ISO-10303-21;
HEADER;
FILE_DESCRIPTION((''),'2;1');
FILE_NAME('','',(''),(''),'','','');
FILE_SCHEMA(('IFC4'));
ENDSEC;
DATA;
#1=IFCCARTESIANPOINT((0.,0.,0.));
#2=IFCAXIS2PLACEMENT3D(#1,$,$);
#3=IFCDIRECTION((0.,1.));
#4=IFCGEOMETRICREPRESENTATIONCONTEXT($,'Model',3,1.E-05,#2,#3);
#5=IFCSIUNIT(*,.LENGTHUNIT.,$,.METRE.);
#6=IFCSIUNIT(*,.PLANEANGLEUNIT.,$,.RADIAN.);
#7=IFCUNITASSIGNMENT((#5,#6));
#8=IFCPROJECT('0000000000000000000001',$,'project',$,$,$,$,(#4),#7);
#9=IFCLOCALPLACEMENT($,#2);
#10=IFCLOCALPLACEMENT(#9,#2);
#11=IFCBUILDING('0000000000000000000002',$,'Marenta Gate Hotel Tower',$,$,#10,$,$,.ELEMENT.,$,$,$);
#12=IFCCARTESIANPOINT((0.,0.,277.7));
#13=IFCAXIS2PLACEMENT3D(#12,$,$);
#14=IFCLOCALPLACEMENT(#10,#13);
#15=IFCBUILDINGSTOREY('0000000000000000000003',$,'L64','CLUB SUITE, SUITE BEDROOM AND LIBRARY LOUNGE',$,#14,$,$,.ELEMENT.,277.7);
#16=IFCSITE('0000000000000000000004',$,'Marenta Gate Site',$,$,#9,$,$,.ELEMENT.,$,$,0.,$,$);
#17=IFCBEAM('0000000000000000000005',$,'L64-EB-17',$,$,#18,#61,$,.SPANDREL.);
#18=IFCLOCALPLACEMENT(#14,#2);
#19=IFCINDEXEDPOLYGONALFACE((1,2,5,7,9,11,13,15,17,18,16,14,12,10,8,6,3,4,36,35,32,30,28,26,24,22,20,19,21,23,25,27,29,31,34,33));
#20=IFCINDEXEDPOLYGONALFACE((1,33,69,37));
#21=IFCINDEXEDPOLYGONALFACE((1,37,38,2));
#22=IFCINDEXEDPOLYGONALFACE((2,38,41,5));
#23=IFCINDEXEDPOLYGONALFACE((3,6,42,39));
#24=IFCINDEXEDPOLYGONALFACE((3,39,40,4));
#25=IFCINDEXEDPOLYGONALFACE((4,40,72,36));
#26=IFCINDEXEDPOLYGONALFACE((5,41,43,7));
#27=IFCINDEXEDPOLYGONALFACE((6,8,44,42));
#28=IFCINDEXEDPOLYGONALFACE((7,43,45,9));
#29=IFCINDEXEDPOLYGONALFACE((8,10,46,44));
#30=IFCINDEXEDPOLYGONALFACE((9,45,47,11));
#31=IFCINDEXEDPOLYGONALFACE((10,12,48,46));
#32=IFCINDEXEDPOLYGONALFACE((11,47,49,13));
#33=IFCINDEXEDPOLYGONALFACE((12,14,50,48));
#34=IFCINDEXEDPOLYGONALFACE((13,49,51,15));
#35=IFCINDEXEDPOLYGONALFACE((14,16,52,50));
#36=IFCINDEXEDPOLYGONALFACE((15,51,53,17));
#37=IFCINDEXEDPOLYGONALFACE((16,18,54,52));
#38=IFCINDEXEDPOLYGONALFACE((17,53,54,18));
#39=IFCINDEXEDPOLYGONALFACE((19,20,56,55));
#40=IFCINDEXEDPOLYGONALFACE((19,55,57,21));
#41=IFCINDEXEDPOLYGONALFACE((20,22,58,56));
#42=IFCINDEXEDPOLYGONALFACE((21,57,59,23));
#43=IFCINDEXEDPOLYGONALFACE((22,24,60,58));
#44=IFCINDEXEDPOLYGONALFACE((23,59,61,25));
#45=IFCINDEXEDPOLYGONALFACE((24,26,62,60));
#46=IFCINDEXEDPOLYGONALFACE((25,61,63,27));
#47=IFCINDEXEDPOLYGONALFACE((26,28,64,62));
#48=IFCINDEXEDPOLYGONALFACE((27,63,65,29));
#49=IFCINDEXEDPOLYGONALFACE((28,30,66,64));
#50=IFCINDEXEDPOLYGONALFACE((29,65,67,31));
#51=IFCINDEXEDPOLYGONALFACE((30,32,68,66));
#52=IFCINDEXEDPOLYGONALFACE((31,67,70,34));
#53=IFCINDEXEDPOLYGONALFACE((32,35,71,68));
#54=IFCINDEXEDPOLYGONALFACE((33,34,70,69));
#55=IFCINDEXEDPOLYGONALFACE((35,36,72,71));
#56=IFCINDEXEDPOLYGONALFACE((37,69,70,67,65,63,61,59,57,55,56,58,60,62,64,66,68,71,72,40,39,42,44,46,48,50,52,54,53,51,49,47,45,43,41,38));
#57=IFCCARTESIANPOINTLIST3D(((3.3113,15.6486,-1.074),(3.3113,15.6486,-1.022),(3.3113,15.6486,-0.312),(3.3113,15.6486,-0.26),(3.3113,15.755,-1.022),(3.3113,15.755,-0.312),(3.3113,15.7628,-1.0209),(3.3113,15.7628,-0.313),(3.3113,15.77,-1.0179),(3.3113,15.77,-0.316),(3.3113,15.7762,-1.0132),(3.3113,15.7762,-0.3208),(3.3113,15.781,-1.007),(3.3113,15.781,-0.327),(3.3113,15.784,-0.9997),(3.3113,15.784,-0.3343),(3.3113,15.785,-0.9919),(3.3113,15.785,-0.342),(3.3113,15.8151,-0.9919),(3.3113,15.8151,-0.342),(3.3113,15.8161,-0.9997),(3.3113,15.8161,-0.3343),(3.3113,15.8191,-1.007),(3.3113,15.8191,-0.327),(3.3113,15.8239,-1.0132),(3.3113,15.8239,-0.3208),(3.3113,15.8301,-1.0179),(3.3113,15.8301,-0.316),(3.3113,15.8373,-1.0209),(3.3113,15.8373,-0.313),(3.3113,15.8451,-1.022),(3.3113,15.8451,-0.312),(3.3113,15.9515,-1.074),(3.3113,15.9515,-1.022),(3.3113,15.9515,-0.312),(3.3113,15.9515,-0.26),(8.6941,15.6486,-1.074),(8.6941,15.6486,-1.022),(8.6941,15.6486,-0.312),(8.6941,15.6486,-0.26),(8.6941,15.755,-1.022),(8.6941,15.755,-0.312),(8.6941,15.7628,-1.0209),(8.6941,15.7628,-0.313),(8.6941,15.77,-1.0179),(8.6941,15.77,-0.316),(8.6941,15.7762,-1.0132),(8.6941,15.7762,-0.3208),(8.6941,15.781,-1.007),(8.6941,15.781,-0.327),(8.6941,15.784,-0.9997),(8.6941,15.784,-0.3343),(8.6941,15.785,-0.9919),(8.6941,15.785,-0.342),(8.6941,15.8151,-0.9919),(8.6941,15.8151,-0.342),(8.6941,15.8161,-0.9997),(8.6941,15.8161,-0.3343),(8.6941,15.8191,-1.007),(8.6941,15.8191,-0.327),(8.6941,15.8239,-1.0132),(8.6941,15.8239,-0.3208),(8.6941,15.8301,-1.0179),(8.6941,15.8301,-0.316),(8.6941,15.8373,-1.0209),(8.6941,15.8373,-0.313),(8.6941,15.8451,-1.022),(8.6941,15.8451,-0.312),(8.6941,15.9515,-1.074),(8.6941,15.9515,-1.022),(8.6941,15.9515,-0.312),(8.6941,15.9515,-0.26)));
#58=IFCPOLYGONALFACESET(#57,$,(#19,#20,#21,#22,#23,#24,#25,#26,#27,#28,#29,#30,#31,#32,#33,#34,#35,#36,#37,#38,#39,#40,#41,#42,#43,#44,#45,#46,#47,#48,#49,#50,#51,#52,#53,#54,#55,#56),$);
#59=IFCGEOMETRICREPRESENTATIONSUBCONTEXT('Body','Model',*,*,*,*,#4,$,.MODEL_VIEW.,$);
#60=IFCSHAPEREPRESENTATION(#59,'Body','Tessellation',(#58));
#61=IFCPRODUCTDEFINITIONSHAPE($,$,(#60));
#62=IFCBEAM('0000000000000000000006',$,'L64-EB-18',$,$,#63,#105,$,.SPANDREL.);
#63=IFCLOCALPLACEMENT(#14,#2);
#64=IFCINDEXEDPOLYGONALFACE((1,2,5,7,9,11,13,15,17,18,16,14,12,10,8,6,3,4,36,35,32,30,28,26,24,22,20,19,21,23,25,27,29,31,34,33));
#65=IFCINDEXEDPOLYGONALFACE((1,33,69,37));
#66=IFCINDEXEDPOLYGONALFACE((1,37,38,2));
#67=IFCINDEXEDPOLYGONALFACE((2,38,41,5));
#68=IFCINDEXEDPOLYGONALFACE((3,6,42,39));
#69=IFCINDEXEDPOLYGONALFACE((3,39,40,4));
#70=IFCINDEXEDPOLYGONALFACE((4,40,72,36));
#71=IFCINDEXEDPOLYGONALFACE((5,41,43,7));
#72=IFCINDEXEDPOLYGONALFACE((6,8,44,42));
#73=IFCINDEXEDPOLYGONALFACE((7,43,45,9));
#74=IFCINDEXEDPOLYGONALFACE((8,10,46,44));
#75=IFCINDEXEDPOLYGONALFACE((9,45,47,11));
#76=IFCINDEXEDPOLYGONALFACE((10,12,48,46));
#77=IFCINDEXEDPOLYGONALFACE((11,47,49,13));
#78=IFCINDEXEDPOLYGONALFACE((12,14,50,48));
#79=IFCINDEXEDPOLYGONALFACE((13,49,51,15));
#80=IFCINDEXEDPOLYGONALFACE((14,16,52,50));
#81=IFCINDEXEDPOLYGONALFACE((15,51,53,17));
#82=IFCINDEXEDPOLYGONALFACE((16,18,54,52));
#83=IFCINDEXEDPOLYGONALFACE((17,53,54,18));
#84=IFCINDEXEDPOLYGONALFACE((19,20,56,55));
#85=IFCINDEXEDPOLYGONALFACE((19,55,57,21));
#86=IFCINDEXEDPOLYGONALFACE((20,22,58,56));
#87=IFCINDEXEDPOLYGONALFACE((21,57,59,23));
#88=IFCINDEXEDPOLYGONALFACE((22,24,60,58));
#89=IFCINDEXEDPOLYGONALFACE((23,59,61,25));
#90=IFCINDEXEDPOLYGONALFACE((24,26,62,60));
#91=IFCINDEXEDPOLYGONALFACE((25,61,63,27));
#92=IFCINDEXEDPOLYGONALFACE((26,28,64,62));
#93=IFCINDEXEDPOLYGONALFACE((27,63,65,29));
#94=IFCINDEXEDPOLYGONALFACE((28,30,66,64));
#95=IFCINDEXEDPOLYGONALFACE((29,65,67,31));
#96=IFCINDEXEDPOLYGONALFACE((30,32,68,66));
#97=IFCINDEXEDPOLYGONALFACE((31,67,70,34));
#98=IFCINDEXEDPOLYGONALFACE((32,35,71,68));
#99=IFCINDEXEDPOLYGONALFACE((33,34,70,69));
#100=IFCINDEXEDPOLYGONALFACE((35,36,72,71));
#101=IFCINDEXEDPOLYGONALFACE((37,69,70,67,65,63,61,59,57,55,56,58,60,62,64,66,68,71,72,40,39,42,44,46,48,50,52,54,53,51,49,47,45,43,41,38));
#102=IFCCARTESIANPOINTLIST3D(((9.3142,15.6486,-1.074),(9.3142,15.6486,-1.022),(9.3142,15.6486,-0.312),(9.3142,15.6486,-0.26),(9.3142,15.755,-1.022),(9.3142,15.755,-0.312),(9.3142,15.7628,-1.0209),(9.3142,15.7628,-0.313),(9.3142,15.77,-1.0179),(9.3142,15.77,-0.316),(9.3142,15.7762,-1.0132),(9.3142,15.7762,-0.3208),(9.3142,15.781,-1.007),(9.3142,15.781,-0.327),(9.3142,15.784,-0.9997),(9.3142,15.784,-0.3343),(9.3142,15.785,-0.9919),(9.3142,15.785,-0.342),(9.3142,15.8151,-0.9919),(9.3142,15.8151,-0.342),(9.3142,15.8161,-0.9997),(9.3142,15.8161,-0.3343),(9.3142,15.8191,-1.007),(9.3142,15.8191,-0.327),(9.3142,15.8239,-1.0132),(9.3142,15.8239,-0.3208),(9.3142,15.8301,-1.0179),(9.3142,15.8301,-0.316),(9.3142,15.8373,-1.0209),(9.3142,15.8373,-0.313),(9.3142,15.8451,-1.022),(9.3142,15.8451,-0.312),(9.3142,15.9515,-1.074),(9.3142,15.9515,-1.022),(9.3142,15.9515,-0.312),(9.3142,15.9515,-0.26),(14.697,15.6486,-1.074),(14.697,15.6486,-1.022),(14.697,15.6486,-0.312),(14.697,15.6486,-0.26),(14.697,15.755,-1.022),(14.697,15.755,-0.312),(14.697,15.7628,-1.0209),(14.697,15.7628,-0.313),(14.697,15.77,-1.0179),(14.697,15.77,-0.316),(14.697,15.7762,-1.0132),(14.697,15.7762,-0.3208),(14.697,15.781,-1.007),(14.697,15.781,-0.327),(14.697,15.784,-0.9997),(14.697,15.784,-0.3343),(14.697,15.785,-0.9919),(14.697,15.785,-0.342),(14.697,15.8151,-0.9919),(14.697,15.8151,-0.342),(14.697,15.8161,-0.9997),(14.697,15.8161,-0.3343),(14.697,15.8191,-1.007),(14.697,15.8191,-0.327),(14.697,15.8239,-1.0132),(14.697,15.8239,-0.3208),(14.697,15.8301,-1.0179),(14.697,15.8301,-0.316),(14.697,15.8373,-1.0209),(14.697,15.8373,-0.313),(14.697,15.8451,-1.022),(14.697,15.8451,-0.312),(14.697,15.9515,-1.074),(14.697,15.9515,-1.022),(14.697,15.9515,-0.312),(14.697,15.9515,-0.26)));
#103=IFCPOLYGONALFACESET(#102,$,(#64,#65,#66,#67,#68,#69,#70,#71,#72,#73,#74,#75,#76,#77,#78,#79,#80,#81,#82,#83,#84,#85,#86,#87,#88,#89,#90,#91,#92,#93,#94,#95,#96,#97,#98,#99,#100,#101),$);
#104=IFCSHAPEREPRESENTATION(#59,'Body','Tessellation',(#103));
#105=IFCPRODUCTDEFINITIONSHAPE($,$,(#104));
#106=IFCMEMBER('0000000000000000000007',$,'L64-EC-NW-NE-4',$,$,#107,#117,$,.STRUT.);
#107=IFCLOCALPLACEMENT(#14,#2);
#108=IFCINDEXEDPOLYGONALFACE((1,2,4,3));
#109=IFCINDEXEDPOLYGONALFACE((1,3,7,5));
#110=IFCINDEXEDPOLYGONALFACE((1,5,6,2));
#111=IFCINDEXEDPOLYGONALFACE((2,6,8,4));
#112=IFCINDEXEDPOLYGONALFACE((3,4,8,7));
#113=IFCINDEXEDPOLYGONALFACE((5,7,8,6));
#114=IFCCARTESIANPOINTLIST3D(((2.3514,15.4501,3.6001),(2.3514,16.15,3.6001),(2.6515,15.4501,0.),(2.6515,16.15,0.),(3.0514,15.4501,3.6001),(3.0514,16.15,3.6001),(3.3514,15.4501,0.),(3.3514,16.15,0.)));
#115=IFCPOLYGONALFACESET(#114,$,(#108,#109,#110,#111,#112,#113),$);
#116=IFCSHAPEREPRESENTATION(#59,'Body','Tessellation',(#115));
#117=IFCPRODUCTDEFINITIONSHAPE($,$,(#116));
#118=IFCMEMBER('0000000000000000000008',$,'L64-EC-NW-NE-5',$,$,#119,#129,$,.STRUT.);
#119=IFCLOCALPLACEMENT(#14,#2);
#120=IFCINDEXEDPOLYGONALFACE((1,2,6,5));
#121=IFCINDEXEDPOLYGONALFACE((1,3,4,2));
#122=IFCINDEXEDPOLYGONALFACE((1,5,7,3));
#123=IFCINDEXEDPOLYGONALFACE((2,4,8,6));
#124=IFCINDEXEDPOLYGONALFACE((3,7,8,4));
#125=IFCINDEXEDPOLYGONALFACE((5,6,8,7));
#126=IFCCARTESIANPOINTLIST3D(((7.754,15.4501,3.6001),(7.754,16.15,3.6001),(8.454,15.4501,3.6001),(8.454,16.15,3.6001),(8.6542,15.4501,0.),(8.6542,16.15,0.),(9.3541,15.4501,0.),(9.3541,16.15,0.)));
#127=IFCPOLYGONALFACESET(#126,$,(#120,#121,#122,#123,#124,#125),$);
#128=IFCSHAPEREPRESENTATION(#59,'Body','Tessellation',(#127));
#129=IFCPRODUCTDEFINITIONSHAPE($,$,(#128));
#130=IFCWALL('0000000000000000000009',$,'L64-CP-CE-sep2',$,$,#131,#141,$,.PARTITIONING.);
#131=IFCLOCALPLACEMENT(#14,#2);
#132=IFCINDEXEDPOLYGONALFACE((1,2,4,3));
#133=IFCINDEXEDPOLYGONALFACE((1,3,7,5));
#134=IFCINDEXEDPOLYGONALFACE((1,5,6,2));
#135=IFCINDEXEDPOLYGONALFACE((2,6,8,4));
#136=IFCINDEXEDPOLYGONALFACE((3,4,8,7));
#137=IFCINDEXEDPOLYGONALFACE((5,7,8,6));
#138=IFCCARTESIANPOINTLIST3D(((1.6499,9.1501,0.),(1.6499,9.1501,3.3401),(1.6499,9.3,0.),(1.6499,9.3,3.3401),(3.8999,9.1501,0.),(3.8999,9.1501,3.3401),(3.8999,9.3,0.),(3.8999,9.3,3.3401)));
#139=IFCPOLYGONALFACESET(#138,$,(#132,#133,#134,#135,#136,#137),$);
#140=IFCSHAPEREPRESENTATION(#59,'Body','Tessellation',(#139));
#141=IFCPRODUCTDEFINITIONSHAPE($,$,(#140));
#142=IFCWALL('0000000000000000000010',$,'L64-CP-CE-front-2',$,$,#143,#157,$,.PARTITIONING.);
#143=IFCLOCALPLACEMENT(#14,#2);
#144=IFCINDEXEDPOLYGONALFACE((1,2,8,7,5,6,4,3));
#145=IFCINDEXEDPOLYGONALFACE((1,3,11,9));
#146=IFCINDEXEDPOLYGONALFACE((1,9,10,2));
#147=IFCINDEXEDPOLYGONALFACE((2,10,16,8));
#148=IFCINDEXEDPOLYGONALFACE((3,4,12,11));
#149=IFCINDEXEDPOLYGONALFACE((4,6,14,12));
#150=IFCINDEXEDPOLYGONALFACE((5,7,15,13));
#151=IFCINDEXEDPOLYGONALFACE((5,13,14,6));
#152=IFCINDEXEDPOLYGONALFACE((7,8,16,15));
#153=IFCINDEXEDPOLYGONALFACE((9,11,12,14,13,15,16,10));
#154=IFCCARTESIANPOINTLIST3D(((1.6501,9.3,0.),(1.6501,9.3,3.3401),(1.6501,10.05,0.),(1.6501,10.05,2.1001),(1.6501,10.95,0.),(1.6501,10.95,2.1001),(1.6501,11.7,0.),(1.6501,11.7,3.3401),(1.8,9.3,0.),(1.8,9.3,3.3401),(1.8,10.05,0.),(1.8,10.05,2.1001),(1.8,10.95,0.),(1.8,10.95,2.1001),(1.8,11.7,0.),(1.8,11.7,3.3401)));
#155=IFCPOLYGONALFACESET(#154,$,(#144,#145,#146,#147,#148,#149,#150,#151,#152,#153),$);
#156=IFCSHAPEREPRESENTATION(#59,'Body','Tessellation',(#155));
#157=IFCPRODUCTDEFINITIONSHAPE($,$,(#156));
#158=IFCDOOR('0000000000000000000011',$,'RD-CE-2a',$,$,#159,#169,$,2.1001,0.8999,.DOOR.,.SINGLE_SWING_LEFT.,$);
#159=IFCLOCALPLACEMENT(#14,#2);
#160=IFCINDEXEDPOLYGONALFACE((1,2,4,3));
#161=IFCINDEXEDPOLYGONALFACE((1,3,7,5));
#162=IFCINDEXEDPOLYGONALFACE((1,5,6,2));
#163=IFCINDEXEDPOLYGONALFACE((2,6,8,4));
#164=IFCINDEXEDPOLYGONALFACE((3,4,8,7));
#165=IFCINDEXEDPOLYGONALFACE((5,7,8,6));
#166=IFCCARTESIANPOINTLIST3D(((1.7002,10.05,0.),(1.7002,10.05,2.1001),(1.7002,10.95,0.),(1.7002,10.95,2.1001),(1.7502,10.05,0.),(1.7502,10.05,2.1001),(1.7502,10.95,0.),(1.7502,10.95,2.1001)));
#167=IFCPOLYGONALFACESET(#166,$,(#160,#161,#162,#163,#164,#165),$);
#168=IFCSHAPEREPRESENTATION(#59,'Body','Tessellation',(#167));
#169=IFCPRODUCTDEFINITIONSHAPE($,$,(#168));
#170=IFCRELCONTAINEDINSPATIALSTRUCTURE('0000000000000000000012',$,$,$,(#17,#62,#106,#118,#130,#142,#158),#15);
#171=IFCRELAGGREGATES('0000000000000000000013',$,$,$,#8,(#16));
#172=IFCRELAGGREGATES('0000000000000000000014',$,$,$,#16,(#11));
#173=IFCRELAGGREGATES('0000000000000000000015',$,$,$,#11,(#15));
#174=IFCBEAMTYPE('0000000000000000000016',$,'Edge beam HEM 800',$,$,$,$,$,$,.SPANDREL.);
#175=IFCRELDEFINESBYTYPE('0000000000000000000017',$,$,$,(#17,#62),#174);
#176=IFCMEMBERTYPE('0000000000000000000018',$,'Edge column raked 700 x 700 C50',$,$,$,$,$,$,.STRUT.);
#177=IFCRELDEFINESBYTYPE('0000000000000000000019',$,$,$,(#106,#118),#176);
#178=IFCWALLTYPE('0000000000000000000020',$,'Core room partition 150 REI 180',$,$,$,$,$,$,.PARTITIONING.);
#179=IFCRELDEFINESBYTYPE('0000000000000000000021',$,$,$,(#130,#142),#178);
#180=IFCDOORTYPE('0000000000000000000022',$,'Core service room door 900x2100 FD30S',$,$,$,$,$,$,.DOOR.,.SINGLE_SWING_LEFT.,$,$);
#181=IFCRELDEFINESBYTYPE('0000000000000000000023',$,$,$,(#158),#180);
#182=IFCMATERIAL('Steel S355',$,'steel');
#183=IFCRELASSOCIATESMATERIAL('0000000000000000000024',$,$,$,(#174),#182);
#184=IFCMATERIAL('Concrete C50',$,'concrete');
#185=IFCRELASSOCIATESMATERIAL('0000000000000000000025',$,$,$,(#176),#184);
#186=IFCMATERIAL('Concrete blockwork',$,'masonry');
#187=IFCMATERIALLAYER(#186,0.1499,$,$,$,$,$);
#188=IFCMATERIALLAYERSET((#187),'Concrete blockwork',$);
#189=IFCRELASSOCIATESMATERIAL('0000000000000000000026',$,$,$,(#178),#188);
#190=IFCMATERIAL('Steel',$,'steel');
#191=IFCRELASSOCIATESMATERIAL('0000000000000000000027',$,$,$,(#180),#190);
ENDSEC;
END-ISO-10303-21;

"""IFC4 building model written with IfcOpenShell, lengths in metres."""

from ifc_helpers import new_model, si_unit, direction, frame, frame_2d, origin, origin_2d, place, context, subcontext, project, spatial, rectangle, i_section, extrude, material, layer, layer_set, material_profile, profile_set, type_object, element, fill, save


model = new_model("IFC4")

# Units and contexts
model_context = context("Model", 3, precision=1e-05, world=origin(), true_north=direction((0.0, 1.0)))
body_context = subcontext(model_context, "Body", "Model", "MODEL_VIEW")
ifc_project = project(units=[si_unit("LENGTHUNIT", "METRE"), si_unit("PLANEANGLEUNIT", "RADIAN")], contexts=[model_context])

# Site, building, storey
site_placement = place(None, origin())
site = spatial("IfcSite", under=ifc_project, at=site_placement, Name="Marenta Gate Site", CompositionType="ELEMENT", RefElevation=0.0)
building_placement = place(site_placement, origin())
building = spatial("IfcBuilding", under=site, at=building_placement, Name="Marenta Gate Hotel Tower", CompositionType="ELEMENT")
storey_placement = place(building_placement, frame((0.0, 0.0, 277.7)))
storey = spatial("IfcBuildingStorey", under=building, at=storey_placement, Name="L64", Description="CLUB SUITE, SUITE BEDROOM AND LIBRARY LOUNGE", CompositionType="ELEMENT", Elevation=277.7)

# Beams
ifc_material_1 = material(Name="Steel S355", Category="steel")
ifc_material_profile_1 = material_profile(ifc_material_1, i_section(OverallWidth=0.303, OverallDepth=0.814, WebThickness=0.03, FlangeThickness=0.052, FilletRadius=0.03, at=origin_2d()), Name="HEM 800")
ifc_profile_set_1 = profile_set([ifc_material_profile_1], Name="Steel S355")
beam_type = type_object("IfcBeamType", Name="Edge beam HEM 800", PredefinedType="SPANDREL", material=ifc_profile_set_1)
for number, where, z_axis, x_axis, name in (
    (1, (3.3113, 15.8, -0.667), (1.0, 0.0, 0.0), (0.0, 1.0, 0.0), "L64-EB-17"),
    (2, (9.3142, 15.8, -0.667), (1.0, 0.0, 0.0), (0.0, 1.0, 0.0), "L64-EB-18"),
):
    element("IfcBeam", number, at=place(storey_placement, frame(where, z_axis=z_axis, x_axis=x_axis)), inside=storey, type_object=beam_type, Name=name, PredefinedType="SPANDREL", context=body_context, shape_type="SweptSolid", body=[
        extrude(i_section(OverallWidth=0.303, OverallDepth=0.814, WebThickness=0.03, FlangeThickness=0.052, FilletRadius=0.03, at=origin_2d()), origin(), (0.0, 0.0, 1.0), 5.3828),
    ])

# Members
ifc_material_2 = material(Name="Concrete C50", Category="concrete")
ifc_material_profile_2 = material_profile(ifc_material_2, rectangle(XDim=0.7, YDim=0.7, at=origin_2d()), Name="700 x 700")
ifc_profile_set_2 = profile_set([ifc_material_profile_2], Name="Concrete C50")
member_type = type_object("IfcMemberType", Name="Edge column raked 700 x 700 C50", PredefinedType="STRUT", material=ifc_profile_set_2)
member_1_placement = place(storey_placement, frame((3.0015, 15.8, 0.0), z_axis=(0.0, 0.0, 1.0), x_axis=(1.0, 0.0, 0.0)))
element("IfcMember", 3, at=member_1_placement, inside=storey, type_object=member_type, Name="L64-EC-NW-NE-4", PredefinedType="STRUT", context=body_context, shape_type="SweptSolid", body=[
    extrude(rectangle(XDim=0.7, YDim=0.7, at=origin_2d()), origin(), (-0.083057, 0.0, 0.996545), 3.6125),
])
member_2_placement = place(storey_placement, frame((9.0042, 15.8, 0.0), z_axis=(0.0, 0.0, 1.0), x_axis=(1.0, 0.0, 0.0)))
element("IfcMember", 4, at=member_2_placement, inside=storey, type_object=member_type, Name="L64-EC-NW-NE-5", PredefinedType="STRUT", context=body_context, shape_type="SweptSolid", body=[
    extrude(rectangle(XDim=0.7, YDim=0.7, at=origin_2d()), origin(), (-0.242567, 0.0, 0.970135), 3.7109),
])

# Wall
ifc_material_3 = material(Name="Concrete blockwork", Category="masonry")
ifc_layer_1 = layer(ifc_material_3, 0.1499)
ifc_layer_set_1 = layer_set([ifc_layer_1], Name="Concrete blockwork")
wall_type_1 = type_object("IfcWallType", Name="Core room partition 150 REI 180", PredefinedType="PARTITIONING", material=ifc_layer_set_1)
wall_1_placement = place(storey_placement, frame((1.6499, 9.2251, 0.0), z_axis=(0.0, 0.0, 1.0), x_axis=(1.0, 0.0, 0.0)))
element("IfcWall", 5, at=wall_1_placement, inside=storey, type_object=wall_type_1, Name="L64-CP-CE-sep2", PredefinedType="PARTITIONING", context=body_context, shape_type="SweptSolid", body=[
    extrude(rectangle(XDim=2.25, YDim=0.1499, at=frame_2d((1.125, 0.0))), origin(), (0.0, 0.0, 1.0), 3.3401),
])

# Wall, opening, door
wall_2_placement = place(storey_placement, frame((1.7251, 9.3, 0.0), z_axis=(0.0, 0.0, 1.0), x_axis=(0.0, 1.0, 0.0)))
wall_2 = element("IfcWall", 6, at=wall_2_placement, inside=storey, type_object=wall_type_1, Name="L64-CP-CE-front-2", PredefinedType="PARTITIONING", context=body_context, shape_type="SweptSolid", body=[
    extrude(rectangle(XDim=2.3999, YDim=0.1499, at=frame_2d((1.2, 0.0))), origin(), (0.0, 0.0, 1.0), 3.3401),
])
opening_1_placement = place(wall_2_placement, frame((0.75, 0.0, 0.0)))
opening_1 = element("IfcOpeningElement", 7, at=opening_1_placement, cuts=wall_2, PredefinedType="OPENING", context=body_context, shape_type="SweptSolid", body=[
    extrude(rectangle(XDim=0.8999, YDim=2.1001, at=frame_2d((0.45, 1.05))), frame((0.0, 0.075, 0.0), z_axis=(0.0, -1.0, 0.0), x_axis=(1.0, 0.0, 0.0)), (0.0, 0.0, 1.0), 0.1499),
])
ifc_material_4 = material(Name="Steel", Category="steel")
door_type_1 = type_object("IfcDoorType", Name="Core service room door 900x2100 FD30S", OperationType="SINGLE_SWING_LEFT", PredefinedType="DOOR", material=ifc_material_4)
door_1_placement = place(opening_1_placement, origin())
door_1 = element("IfcDoor", 8, at=door_1_placement, inside=storey, type_object=door_type_1, Name="RD-CE-2a", OperationType="SINGLE_SWING_LEFT", OverallHeight=2.1001, OverallWidth=0.8999, PredefinedType="DOOR", context=body_context, shape_type="SweptSolid", body=[
    extrude(rectangle(XDim=0.8999, YDim=2.1001, at=frame_2d((0.45, 1.05))), frame((0.0, 0.0249, 0.0), z_axis=(0.0, -1.0, 0.0), x_axis=(1.0, 0.0, 0.0)), (0.0, 0.0, 1.0), 0.05),
])
fill(opening_1, door_1)

save(model, "model.ifc")
